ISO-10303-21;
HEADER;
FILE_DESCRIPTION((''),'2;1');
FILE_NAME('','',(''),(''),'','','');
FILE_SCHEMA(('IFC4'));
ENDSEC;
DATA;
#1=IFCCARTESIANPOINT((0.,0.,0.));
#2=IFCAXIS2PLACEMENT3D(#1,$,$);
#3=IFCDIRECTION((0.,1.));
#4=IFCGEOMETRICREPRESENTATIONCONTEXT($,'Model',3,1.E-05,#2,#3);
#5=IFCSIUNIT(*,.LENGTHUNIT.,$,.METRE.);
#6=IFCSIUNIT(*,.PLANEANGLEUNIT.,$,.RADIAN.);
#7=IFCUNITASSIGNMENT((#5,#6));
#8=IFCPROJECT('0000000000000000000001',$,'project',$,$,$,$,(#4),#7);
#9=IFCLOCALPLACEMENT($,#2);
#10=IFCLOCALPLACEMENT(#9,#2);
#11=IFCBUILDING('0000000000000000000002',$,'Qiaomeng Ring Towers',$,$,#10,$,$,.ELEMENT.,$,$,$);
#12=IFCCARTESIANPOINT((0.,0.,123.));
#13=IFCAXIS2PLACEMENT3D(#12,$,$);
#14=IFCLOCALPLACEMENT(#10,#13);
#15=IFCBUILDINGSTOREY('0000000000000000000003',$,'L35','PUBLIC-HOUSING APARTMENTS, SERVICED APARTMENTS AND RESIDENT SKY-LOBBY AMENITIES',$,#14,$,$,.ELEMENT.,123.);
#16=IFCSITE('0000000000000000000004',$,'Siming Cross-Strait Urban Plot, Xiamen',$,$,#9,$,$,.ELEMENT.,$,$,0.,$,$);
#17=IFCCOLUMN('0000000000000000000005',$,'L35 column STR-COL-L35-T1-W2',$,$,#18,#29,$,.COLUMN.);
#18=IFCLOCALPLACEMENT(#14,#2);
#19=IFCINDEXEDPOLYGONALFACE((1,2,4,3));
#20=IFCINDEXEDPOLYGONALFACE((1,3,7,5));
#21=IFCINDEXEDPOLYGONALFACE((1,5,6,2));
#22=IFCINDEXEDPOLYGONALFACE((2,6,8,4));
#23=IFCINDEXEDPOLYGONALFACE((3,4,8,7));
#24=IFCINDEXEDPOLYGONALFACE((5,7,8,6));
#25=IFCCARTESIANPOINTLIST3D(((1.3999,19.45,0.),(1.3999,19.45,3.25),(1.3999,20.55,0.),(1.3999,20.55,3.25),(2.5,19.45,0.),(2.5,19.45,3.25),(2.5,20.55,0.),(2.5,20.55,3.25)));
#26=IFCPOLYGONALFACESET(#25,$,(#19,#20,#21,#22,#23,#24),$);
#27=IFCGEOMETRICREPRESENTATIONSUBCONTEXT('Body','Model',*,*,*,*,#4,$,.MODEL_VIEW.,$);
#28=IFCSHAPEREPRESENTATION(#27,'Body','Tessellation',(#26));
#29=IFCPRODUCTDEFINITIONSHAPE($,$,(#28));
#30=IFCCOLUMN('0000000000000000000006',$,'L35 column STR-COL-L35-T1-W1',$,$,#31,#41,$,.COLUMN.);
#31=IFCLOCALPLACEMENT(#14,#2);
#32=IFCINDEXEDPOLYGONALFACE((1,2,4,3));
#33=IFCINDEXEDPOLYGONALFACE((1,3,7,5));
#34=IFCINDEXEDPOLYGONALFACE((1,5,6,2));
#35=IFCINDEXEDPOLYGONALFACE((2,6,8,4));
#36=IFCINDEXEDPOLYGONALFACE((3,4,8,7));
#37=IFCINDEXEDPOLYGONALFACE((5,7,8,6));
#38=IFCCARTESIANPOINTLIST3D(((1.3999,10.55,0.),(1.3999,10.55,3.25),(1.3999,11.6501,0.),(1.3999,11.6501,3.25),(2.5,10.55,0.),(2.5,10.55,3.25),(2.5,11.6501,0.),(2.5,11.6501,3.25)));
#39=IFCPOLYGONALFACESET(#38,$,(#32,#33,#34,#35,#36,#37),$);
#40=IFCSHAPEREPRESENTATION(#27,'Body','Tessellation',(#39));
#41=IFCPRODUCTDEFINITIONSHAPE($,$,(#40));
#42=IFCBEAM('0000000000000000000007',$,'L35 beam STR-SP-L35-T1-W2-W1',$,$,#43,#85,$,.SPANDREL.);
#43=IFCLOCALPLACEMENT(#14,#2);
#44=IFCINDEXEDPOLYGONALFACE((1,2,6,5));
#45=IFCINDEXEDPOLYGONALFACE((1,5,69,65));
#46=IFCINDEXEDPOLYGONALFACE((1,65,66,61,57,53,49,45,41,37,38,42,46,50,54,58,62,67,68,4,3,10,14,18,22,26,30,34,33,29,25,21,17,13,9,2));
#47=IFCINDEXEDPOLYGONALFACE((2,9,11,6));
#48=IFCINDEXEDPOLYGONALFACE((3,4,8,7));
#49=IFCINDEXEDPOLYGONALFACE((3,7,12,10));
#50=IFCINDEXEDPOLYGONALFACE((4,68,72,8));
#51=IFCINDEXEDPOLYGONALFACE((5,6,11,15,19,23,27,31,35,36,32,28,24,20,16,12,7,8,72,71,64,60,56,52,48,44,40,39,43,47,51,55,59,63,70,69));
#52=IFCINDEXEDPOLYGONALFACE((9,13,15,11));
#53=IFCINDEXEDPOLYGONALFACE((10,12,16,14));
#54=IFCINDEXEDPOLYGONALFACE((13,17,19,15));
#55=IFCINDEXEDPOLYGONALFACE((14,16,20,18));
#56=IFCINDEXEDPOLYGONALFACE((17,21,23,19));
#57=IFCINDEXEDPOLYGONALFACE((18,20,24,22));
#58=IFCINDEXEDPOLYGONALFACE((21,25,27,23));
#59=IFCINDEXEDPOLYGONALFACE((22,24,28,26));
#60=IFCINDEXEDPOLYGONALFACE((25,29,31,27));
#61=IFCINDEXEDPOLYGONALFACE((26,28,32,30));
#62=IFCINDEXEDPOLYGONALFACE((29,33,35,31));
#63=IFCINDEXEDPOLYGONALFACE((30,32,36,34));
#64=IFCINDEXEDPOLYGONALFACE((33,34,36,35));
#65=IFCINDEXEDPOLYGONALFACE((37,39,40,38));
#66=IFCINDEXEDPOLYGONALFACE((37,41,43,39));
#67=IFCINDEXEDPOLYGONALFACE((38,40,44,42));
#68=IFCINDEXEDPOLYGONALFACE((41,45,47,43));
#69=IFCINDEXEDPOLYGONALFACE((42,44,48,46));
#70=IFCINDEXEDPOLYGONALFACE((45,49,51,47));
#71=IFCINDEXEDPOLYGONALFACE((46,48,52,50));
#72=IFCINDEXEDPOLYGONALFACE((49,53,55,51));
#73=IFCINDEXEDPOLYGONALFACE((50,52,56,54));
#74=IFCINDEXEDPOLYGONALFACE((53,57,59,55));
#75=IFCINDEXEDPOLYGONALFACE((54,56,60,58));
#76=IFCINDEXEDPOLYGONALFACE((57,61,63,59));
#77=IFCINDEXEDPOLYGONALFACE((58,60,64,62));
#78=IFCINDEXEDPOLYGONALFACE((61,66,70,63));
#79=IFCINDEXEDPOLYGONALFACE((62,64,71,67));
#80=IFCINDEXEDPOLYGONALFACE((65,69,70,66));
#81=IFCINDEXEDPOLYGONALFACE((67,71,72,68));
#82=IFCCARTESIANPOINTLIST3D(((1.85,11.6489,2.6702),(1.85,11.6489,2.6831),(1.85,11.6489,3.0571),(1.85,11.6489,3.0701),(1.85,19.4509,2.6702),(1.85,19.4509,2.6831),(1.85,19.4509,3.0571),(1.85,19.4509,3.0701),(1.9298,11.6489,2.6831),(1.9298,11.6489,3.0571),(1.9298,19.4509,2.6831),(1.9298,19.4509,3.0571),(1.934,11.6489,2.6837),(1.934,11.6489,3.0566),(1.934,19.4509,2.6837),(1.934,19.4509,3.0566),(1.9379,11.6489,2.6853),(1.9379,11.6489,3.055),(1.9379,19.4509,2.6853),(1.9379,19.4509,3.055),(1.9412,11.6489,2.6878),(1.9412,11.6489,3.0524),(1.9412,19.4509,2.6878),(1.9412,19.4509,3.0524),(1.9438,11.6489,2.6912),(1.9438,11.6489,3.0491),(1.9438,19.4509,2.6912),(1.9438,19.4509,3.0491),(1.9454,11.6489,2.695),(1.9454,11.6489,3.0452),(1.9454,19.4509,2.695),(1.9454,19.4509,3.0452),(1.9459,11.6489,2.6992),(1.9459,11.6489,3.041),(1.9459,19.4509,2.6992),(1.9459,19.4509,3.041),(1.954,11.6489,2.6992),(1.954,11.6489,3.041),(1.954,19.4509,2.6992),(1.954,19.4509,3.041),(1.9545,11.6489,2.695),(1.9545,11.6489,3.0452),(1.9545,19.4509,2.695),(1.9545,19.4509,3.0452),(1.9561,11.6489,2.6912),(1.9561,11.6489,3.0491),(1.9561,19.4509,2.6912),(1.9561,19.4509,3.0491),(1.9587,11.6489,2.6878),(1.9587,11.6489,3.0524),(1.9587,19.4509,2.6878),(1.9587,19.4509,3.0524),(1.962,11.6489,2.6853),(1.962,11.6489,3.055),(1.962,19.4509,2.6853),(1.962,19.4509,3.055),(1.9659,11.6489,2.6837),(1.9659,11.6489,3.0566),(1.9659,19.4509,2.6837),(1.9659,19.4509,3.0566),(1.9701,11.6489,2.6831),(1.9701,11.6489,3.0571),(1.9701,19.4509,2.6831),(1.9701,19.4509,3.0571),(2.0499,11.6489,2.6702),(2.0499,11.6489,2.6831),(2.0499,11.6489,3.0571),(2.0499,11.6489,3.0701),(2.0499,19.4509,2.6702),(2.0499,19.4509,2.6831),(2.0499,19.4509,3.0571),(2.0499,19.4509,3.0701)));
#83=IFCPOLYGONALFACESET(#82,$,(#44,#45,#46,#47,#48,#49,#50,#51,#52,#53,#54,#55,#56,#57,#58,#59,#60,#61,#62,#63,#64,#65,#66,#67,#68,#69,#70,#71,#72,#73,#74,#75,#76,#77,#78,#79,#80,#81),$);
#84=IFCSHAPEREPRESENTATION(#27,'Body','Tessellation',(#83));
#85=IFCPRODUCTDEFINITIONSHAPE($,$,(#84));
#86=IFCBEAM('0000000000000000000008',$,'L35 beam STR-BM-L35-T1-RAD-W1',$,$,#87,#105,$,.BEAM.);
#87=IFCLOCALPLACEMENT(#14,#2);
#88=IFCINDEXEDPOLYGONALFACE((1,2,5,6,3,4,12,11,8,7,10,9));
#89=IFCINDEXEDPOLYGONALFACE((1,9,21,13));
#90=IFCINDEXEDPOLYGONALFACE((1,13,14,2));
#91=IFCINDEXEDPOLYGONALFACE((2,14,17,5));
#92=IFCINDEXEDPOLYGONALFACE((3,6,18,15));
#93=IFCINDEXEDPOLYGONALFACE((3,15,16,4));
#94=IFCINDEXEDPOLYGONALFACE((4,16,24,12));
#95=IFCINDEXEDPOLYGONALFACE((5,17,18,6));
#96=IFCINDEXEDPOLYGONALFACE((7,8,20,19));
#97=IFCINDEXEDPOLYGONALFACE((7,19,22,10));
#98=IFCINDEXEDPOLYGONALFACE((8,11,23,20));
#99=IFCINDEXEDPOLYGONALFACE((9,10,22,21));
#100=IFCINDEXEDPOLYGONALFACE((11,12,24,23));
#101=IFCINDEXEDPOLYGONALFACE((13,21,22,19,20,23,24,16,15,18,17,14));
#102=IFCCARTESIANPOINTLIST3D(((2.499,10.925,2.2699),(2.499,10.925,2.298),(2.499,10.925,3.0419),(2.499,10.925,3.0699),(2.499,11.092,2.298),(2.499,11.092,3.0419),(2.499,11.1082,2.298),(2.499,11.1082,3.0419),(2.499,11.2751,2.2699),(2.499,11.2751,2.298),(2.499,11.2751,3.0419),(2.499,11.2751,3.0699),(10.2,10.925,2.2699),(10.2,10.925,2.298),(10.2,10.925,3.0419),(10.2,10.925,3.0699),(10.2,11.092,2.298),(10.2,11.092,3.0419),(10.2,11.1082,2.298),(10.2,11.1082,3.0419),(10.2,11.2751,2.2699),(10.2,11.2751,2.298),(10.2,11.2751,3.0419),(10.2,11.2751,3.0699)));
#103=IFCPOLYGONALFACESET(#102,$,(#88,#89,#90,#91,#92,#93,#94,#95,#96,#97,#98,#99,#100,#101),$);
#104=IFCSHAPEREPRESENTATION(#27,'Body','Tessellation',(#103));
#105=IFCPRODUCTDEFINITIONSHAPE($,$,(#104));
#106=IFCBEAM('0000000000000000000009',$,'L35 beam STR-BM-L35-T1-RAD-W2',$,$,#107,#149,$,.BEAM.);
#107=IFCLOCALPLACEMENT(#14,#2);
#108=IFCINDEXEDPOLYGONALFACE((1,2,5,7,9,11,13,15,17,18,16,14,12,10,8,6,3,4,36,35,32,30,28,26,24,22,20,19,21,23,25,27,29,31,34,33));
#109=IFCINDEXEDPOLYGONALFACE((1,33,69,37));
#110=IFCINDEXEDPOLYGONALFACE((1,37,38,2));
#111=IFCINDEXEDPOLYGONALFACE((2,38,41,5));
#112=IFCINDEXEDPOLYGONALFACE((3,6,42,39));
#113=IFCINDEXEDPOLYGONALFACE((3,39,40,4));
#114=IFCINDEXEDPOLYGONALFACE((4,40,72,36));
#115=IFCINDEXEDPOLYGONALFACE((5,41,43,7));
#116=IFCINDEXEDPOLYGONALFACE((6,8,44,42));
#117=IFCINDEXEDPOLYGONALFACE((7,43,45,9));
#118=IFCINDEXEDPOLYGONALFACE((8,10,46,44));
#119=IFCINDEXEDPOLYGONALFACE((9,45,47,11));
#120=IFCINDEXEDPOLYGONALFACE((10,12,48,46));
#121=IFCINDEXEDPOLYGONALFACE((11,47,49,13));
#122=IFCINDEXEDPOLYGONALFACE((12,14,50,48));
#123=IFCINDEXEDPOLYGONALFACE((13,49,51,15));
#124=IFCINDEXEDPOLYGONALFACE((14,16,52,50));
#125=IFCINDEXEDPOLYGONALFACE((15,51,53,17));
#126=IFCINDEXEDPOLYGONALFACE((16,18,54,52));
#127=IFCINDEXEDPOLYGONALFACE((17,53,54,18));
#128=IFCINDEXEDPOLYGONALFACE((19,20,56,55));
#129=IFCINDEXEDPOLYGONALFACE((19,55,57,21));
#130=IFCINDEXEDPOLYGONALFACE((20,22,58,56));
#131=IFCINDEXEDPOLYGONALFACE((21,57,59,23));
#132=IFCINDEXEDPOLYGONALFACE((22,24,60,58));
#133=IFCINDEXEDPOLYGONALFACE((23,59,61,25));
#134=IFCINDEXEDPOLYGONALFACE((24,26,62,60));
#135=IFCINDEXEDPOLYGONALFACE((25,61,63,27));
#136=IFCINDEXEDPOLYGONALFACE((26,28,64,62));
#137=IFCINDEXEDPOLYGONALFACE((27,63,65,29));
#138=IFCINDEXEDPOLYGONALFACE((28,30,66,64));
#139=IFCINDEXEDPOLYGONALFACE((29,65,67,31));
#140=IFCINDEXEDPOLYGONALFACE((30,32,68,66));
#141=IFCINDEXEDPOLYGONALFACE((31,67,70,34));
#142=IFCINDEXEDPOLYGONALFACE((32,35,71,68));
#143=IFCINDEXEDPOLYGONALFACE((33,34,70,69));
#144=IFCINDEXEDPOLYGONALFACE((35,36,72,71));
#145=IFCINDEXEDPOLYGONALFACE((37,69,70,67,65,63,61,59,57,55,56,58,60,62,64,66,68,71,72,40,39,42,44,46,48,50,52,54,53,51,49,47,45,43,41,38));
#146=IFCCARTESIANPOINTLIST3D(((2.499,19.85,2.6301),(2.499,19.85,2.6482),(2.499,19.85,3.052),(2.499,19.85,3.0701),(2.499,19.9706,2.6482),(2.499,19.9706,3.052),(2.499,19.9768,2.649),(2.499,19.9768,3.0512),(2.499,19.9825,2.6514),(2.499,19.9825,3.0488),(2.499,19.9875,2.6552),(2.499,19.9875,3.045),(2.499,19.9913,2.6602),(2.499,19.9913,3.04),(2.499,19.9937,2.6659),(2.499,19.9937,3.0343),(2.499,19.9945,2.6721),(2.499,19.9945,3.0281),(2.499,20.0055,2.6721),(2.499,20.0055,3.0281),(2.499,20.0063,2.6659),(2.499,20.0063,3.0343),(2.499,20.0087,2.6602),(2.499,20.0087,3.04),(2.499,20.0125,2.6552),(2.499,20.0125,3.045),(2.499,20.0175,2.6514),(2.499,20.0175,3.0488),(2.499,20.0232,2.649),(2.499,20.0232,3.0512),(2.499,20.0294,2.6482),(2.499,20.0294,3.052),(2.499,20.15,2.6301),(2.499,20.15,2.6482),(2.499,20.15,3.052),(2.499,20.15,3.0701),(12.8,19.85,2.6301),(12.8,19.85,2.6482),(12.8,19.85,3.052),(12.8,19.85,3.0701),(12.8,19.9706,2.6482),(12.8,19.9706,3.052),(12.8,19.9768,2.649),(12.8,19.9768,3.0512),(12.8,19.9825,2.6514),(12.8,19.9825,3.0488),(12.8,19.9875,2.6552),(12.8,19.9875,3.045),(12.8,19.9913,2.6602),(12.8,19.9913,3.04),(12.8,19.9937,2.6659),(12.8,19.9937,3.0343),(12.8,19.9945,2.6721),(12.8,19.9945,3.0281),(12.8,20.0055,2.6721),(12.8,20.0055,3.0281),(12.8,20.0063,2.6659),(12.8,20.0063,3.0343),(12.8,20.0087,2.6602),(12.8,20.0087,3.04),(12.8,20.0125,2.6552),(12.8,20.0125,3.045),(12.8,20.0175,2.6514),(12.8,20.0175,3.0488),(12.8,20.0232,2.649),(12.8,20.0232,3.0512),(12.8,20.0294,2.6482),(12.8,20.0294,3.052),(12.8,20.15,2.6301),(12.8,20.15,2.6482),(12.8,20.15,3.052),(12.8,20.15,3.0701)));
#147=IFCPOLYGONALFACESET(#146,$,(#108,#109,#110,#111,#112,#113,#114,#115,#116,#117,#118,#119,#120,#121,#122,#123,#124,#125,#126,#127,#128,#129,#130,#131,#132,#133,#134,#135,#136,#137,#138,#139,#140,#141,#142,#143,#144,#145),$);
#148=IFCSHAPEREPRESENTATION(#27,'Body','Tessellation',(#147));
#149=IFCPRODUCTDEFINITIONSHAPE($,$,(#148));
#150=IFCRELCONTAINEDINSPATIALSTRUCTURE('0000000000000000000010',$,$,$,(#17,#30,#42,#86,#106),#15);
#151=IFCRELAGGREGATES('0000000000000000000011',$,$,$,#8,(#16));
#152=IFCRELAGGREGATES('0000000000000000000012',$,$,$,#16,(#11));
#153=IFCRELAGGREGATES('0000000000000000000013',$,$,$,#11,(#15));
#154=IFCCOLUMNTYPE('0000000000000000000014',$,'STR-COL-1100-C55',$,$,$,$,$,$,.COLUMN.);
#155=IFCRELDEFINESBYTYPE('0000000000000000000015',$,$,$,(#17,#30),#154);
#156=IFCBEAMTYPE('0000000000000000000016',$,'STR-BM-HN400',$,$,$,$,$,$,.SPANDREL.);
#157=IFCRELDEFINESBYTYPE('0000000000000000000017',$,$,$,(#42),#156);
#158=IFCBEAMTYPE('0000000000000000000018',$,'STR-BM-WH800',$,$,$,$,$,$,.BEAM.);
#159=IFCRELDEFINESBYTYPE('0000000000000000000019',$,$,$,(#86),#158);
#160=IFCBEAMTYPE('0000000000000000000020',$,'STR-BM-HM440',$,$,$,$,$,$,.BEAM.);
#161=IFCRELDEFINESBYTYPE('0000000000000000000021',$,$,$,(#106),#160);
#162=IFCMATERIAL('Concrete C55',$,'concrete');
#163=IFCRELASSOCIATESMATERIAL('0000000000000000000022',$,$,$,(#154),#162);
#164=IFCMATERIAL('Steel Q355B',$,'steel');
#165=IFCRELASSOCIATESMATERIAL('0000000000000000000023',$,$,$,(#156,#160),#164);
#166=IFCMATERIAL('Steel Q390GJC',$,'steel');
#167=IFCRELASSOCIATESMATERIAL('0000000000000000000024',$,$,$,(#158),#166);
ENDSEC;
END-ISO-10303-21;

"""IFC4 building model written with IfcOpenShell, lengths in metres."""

from ifc_helpers import new_model, si_unit, direction, frame, origin, origin_2d, place, context, subcontext, project, spatial, rectangle, i_section, extrude, source, transform, mapped, material, material_profile, profile_set, type_object, element, save


model = new_model("IFC4")

# Units and contexts
model_context = context("Model", 3, precision=1e-05, world=origin(), true_north=direction((0.0, 1.0)))
body_context = subcontext(model_context, "Body", "Model", "MODEL_VIEW")
ifc_project = project(units=[si_unit("LENGTHUNIT", "METRE"), si_unit("PLANEANGLEUNIT", "RADIAN")], contexts=[model_context])

# Site, building, storey
site_placement = place(None, origin())
site = spatial("IfcSite", under=ifc_project, at=site_placement, Name="Siming Cross-Strait Urban Plot, Xiamen", CompositionType="ELEMENT", RefElevation=0.0)
building_placement = place(site_placement, origin())
building = spatial("IfcBuilding", under=site, at=building_placement, Name="Qiaomeng Ring Towers", CompositionType="ELEMENT")
storey_placement = place(building_placement, frame((0.0, 0.0, 123.0)))
storey = spatial("IfcBuildingStorey", under=building, at=storey_placement, Name="L35", Description="PUBLIC-HOUSING APARTMENTS, SERVICED APARTMENTS AND RESIDENT SKY-LOBBY AMENITIES", CompositionType="ELEMENT", Elevation=123.0)

# Columns
ifc_material_1 = material(Name="Concrete C55", Category="concrete")
ifc_material_profile_1 = material_profile(ifc_material_1, rectangle(XDim=1.1001, YDim=1.1001, at=origin_2d()), Name="RC COL 1100x1100")
ifc_profile_set_1 = profile_set([ifc_material_profile_1], Name="Concrete C55")
column_type = type_object("IfcColumnType", Name="STR-COL-1100-C55", PredefinedType="COLUMN", material=ifc_profile_set_1)
shared_shape_1 = source(origin(), body_context, "Body", "SweptSolid", [
    extrude(rectangle(XDim=1.1001, YDim=1.1001, at=origin_2d()), origin(), (0.0, 0.0, 1.0), 3.25),
])
for number, where, z_axis, x_axis, name in (
    (1, (1.95, 20.0, 0.0), (0.0, 0.0, 1.0), (1.0, 0.0, 0.0), "L35 column STR-COL-L35-T1-W2"),
    (2, (1.95, 11.1001, 0.0), (0.0, 0.0, 1.0), (1.0, 0.0, 0.0), "L35 column STR-COL-L35-T1-W1"),
):
    element("IfcColumn", number, at=place(storey_placement, frame(where, z_axis=z_axis, x_axis=x_axis)), inside=storey, type_object=column_type, Name=name, PredefinedType="COLUMN", context=body_context, shape_type="MappedRepresentation", body=[
        mapped(shared_shape_1, transform((0.0, 0.0, 0.0), x_axis=(1.0, 0.0, 0.0), y_axis=(0.0, 1.0, 0.0), z_axis=(0.0, 0.0, 1.0), scale=1.0)),
    ])

# Beams
ifc_material_2 = material(Name="Steel Q355B", Category="steel")
ifc_material_profile_2 = material_profile(ifc_material_2, i_section(OverallWidth=0.2, OverallDepth=0.3999, WebThickness=0.0081, FlangeThickness=0.0129, FilletRadius=0.0161, at=origin_2d()), Name="HN 400x200x8x13")
ifc_profile_set_2 = profile_set([ifc_material_profile_2], Name="Steel Q355B")
beam_type_1 = type_object("IfcBeamType", Name="STR-BM-HN400", PredefinedType="SPANDREL", material=ifc_profile_set_2)
shared_shape_2 = source(origin(), body_context, "Body", "SweptSolid", [
    extrude(i_section(OverallWidth=0.2, OverallDepth=0.3999, WebThickness=0.0081, FlangeThickness=0.0129, FilletRadius=0.0161, at=origin_2d()), origin(), (0.0, 0.0, 1.0), 7.802),
])
beam_1_placement = place(storey_placement, frame((1.95, 19.4509, 2.8701), z_axis=(0.0, -1.0, 0.0), x_axis=(1.0, 0.0, 0.0)))
element("IfcBeam", 3, at=beam_1_placement, inside=storey, type_object=beam_type_1, Name="L35 beam STR-SP-L35-T1-W2-W1", PredefinedType="SPANDREL", context=body_context, shape_type="MappedRepresentation", body=[
    mapped(shared_shape_2, transform((0.0, 0.0, 0.0), x_axis=(1.0, 0.0, 0.0), y_axis=(0.0, 1.0, 0.0), z_axis=(0.0, 0.0, 1.0), scale=1.0)),
])
ifc_material_3 = material(Name="Steel Q390GJC", Category="steel")
ifc_material_profile_3 = material_profile(ifc_material_3, i_section(OverallWidth=0.3501, OverallDepth=0.8, WebThickness=0.0161, FlangeThickness=0.0281, at=origin_2d()), Name="WH 800x350x16x28")
ifc_profile_set_3 = profile_set([ifc_material_profile_3], Name="Steel Q390GJC")
beam_type_2 = type_object("IfcBeamType", Name="STR-BM-WH800", PredefinedType="BEAM", material=ifc_profile_set_3)
shared_shape_3 = source(origin(), body_context, "Body", "SweptSolid", [
    extrude(i_section(OverallWidth=0.3501, OverallDepth=0.8, WebThickness=0.0161, FlangeThickness=0.0281, at=origin_2d()), origin(), (0.0, 0.0, 1.0), 7.7009),
])
beam_2_placement = place(storey_placement, frame((2.499, 11.1001, 2.6699), z_axis=(1.0, 0.0, 0.0), x_axis=(0.0, 1.0, 0.0)))
element("IfcBeam", 4, at=beam_2_placement, inside=storey, type_object=beam_type_2, Name="L35 beam STR-BM-L35-T1-RAD-W1", PredefinedType="BEAM", context=body_context, shape_type="MappedRepresentation", body=[
    mapped(shared_shape_3, transform((0.0, 0.0, 0.0), x_axis=(1.0, 0.0, 0.0), y_axis=(0.0, 1.0, 0.0), z_axis=(0.0, 0.0, 1.0), scale=1.0)),
])
ifc_material_profile_4 = material_profile(ifc_material_2, i_section(OverallWidth=0.3, OverallDepth=0.4399, WebThickness=0.011, FlangeThickness=0.0181, FilletRadius=0.0239, at=origin_2d()), Name="HM 440x300x11x18")
ifc_profile_set_4 = profile_set([ifc_material_profile_4], Name="Steel Q355B")
beam_type_3 = type_object("IfcBeamType", Name="STR-BM-HM440", PredefinedType="BEAM", material=ifc_profile_set_4)
shared_shape_4 = source(origin(), body_context, "Body", "SweptSolid", [
    extrude(i_section(OverallWidth=0.3, OverallDepth=0.4399, WebThickness=0.011, FlangeThickness=0.0181, FilletRadius=0.0239, at=origin_2d()), origin(), (0.0, 0.0, 1.0), 10.301),
])
beam_3_placement = place(storey_placement, frame((2.499, 20.0, 2.8501), z_axis=(1.0, 0.0, 0.0), x_axis=(0.0, 1.0, 0.0)))
element("IfcBeam", 5, at=beam_3_placement, inside=storey, type_object=beam_type_3, Name="L35 beam STR-BM-L35-T1-RAD-W2", PredefinedType="BEAM", context=body_context, shape_type="MappedRepresentation", body=[
    mapped(shared_shape_4, transform((0.0, 0.0, 0.0), x_axis=(1.0, 0.0, 0.0), y_axis=(0.0, 1.0, 0.0), z_axis=(0.0, 0.0, 1.0), scale=1.0)),
])

save(model, "model.ifc")
